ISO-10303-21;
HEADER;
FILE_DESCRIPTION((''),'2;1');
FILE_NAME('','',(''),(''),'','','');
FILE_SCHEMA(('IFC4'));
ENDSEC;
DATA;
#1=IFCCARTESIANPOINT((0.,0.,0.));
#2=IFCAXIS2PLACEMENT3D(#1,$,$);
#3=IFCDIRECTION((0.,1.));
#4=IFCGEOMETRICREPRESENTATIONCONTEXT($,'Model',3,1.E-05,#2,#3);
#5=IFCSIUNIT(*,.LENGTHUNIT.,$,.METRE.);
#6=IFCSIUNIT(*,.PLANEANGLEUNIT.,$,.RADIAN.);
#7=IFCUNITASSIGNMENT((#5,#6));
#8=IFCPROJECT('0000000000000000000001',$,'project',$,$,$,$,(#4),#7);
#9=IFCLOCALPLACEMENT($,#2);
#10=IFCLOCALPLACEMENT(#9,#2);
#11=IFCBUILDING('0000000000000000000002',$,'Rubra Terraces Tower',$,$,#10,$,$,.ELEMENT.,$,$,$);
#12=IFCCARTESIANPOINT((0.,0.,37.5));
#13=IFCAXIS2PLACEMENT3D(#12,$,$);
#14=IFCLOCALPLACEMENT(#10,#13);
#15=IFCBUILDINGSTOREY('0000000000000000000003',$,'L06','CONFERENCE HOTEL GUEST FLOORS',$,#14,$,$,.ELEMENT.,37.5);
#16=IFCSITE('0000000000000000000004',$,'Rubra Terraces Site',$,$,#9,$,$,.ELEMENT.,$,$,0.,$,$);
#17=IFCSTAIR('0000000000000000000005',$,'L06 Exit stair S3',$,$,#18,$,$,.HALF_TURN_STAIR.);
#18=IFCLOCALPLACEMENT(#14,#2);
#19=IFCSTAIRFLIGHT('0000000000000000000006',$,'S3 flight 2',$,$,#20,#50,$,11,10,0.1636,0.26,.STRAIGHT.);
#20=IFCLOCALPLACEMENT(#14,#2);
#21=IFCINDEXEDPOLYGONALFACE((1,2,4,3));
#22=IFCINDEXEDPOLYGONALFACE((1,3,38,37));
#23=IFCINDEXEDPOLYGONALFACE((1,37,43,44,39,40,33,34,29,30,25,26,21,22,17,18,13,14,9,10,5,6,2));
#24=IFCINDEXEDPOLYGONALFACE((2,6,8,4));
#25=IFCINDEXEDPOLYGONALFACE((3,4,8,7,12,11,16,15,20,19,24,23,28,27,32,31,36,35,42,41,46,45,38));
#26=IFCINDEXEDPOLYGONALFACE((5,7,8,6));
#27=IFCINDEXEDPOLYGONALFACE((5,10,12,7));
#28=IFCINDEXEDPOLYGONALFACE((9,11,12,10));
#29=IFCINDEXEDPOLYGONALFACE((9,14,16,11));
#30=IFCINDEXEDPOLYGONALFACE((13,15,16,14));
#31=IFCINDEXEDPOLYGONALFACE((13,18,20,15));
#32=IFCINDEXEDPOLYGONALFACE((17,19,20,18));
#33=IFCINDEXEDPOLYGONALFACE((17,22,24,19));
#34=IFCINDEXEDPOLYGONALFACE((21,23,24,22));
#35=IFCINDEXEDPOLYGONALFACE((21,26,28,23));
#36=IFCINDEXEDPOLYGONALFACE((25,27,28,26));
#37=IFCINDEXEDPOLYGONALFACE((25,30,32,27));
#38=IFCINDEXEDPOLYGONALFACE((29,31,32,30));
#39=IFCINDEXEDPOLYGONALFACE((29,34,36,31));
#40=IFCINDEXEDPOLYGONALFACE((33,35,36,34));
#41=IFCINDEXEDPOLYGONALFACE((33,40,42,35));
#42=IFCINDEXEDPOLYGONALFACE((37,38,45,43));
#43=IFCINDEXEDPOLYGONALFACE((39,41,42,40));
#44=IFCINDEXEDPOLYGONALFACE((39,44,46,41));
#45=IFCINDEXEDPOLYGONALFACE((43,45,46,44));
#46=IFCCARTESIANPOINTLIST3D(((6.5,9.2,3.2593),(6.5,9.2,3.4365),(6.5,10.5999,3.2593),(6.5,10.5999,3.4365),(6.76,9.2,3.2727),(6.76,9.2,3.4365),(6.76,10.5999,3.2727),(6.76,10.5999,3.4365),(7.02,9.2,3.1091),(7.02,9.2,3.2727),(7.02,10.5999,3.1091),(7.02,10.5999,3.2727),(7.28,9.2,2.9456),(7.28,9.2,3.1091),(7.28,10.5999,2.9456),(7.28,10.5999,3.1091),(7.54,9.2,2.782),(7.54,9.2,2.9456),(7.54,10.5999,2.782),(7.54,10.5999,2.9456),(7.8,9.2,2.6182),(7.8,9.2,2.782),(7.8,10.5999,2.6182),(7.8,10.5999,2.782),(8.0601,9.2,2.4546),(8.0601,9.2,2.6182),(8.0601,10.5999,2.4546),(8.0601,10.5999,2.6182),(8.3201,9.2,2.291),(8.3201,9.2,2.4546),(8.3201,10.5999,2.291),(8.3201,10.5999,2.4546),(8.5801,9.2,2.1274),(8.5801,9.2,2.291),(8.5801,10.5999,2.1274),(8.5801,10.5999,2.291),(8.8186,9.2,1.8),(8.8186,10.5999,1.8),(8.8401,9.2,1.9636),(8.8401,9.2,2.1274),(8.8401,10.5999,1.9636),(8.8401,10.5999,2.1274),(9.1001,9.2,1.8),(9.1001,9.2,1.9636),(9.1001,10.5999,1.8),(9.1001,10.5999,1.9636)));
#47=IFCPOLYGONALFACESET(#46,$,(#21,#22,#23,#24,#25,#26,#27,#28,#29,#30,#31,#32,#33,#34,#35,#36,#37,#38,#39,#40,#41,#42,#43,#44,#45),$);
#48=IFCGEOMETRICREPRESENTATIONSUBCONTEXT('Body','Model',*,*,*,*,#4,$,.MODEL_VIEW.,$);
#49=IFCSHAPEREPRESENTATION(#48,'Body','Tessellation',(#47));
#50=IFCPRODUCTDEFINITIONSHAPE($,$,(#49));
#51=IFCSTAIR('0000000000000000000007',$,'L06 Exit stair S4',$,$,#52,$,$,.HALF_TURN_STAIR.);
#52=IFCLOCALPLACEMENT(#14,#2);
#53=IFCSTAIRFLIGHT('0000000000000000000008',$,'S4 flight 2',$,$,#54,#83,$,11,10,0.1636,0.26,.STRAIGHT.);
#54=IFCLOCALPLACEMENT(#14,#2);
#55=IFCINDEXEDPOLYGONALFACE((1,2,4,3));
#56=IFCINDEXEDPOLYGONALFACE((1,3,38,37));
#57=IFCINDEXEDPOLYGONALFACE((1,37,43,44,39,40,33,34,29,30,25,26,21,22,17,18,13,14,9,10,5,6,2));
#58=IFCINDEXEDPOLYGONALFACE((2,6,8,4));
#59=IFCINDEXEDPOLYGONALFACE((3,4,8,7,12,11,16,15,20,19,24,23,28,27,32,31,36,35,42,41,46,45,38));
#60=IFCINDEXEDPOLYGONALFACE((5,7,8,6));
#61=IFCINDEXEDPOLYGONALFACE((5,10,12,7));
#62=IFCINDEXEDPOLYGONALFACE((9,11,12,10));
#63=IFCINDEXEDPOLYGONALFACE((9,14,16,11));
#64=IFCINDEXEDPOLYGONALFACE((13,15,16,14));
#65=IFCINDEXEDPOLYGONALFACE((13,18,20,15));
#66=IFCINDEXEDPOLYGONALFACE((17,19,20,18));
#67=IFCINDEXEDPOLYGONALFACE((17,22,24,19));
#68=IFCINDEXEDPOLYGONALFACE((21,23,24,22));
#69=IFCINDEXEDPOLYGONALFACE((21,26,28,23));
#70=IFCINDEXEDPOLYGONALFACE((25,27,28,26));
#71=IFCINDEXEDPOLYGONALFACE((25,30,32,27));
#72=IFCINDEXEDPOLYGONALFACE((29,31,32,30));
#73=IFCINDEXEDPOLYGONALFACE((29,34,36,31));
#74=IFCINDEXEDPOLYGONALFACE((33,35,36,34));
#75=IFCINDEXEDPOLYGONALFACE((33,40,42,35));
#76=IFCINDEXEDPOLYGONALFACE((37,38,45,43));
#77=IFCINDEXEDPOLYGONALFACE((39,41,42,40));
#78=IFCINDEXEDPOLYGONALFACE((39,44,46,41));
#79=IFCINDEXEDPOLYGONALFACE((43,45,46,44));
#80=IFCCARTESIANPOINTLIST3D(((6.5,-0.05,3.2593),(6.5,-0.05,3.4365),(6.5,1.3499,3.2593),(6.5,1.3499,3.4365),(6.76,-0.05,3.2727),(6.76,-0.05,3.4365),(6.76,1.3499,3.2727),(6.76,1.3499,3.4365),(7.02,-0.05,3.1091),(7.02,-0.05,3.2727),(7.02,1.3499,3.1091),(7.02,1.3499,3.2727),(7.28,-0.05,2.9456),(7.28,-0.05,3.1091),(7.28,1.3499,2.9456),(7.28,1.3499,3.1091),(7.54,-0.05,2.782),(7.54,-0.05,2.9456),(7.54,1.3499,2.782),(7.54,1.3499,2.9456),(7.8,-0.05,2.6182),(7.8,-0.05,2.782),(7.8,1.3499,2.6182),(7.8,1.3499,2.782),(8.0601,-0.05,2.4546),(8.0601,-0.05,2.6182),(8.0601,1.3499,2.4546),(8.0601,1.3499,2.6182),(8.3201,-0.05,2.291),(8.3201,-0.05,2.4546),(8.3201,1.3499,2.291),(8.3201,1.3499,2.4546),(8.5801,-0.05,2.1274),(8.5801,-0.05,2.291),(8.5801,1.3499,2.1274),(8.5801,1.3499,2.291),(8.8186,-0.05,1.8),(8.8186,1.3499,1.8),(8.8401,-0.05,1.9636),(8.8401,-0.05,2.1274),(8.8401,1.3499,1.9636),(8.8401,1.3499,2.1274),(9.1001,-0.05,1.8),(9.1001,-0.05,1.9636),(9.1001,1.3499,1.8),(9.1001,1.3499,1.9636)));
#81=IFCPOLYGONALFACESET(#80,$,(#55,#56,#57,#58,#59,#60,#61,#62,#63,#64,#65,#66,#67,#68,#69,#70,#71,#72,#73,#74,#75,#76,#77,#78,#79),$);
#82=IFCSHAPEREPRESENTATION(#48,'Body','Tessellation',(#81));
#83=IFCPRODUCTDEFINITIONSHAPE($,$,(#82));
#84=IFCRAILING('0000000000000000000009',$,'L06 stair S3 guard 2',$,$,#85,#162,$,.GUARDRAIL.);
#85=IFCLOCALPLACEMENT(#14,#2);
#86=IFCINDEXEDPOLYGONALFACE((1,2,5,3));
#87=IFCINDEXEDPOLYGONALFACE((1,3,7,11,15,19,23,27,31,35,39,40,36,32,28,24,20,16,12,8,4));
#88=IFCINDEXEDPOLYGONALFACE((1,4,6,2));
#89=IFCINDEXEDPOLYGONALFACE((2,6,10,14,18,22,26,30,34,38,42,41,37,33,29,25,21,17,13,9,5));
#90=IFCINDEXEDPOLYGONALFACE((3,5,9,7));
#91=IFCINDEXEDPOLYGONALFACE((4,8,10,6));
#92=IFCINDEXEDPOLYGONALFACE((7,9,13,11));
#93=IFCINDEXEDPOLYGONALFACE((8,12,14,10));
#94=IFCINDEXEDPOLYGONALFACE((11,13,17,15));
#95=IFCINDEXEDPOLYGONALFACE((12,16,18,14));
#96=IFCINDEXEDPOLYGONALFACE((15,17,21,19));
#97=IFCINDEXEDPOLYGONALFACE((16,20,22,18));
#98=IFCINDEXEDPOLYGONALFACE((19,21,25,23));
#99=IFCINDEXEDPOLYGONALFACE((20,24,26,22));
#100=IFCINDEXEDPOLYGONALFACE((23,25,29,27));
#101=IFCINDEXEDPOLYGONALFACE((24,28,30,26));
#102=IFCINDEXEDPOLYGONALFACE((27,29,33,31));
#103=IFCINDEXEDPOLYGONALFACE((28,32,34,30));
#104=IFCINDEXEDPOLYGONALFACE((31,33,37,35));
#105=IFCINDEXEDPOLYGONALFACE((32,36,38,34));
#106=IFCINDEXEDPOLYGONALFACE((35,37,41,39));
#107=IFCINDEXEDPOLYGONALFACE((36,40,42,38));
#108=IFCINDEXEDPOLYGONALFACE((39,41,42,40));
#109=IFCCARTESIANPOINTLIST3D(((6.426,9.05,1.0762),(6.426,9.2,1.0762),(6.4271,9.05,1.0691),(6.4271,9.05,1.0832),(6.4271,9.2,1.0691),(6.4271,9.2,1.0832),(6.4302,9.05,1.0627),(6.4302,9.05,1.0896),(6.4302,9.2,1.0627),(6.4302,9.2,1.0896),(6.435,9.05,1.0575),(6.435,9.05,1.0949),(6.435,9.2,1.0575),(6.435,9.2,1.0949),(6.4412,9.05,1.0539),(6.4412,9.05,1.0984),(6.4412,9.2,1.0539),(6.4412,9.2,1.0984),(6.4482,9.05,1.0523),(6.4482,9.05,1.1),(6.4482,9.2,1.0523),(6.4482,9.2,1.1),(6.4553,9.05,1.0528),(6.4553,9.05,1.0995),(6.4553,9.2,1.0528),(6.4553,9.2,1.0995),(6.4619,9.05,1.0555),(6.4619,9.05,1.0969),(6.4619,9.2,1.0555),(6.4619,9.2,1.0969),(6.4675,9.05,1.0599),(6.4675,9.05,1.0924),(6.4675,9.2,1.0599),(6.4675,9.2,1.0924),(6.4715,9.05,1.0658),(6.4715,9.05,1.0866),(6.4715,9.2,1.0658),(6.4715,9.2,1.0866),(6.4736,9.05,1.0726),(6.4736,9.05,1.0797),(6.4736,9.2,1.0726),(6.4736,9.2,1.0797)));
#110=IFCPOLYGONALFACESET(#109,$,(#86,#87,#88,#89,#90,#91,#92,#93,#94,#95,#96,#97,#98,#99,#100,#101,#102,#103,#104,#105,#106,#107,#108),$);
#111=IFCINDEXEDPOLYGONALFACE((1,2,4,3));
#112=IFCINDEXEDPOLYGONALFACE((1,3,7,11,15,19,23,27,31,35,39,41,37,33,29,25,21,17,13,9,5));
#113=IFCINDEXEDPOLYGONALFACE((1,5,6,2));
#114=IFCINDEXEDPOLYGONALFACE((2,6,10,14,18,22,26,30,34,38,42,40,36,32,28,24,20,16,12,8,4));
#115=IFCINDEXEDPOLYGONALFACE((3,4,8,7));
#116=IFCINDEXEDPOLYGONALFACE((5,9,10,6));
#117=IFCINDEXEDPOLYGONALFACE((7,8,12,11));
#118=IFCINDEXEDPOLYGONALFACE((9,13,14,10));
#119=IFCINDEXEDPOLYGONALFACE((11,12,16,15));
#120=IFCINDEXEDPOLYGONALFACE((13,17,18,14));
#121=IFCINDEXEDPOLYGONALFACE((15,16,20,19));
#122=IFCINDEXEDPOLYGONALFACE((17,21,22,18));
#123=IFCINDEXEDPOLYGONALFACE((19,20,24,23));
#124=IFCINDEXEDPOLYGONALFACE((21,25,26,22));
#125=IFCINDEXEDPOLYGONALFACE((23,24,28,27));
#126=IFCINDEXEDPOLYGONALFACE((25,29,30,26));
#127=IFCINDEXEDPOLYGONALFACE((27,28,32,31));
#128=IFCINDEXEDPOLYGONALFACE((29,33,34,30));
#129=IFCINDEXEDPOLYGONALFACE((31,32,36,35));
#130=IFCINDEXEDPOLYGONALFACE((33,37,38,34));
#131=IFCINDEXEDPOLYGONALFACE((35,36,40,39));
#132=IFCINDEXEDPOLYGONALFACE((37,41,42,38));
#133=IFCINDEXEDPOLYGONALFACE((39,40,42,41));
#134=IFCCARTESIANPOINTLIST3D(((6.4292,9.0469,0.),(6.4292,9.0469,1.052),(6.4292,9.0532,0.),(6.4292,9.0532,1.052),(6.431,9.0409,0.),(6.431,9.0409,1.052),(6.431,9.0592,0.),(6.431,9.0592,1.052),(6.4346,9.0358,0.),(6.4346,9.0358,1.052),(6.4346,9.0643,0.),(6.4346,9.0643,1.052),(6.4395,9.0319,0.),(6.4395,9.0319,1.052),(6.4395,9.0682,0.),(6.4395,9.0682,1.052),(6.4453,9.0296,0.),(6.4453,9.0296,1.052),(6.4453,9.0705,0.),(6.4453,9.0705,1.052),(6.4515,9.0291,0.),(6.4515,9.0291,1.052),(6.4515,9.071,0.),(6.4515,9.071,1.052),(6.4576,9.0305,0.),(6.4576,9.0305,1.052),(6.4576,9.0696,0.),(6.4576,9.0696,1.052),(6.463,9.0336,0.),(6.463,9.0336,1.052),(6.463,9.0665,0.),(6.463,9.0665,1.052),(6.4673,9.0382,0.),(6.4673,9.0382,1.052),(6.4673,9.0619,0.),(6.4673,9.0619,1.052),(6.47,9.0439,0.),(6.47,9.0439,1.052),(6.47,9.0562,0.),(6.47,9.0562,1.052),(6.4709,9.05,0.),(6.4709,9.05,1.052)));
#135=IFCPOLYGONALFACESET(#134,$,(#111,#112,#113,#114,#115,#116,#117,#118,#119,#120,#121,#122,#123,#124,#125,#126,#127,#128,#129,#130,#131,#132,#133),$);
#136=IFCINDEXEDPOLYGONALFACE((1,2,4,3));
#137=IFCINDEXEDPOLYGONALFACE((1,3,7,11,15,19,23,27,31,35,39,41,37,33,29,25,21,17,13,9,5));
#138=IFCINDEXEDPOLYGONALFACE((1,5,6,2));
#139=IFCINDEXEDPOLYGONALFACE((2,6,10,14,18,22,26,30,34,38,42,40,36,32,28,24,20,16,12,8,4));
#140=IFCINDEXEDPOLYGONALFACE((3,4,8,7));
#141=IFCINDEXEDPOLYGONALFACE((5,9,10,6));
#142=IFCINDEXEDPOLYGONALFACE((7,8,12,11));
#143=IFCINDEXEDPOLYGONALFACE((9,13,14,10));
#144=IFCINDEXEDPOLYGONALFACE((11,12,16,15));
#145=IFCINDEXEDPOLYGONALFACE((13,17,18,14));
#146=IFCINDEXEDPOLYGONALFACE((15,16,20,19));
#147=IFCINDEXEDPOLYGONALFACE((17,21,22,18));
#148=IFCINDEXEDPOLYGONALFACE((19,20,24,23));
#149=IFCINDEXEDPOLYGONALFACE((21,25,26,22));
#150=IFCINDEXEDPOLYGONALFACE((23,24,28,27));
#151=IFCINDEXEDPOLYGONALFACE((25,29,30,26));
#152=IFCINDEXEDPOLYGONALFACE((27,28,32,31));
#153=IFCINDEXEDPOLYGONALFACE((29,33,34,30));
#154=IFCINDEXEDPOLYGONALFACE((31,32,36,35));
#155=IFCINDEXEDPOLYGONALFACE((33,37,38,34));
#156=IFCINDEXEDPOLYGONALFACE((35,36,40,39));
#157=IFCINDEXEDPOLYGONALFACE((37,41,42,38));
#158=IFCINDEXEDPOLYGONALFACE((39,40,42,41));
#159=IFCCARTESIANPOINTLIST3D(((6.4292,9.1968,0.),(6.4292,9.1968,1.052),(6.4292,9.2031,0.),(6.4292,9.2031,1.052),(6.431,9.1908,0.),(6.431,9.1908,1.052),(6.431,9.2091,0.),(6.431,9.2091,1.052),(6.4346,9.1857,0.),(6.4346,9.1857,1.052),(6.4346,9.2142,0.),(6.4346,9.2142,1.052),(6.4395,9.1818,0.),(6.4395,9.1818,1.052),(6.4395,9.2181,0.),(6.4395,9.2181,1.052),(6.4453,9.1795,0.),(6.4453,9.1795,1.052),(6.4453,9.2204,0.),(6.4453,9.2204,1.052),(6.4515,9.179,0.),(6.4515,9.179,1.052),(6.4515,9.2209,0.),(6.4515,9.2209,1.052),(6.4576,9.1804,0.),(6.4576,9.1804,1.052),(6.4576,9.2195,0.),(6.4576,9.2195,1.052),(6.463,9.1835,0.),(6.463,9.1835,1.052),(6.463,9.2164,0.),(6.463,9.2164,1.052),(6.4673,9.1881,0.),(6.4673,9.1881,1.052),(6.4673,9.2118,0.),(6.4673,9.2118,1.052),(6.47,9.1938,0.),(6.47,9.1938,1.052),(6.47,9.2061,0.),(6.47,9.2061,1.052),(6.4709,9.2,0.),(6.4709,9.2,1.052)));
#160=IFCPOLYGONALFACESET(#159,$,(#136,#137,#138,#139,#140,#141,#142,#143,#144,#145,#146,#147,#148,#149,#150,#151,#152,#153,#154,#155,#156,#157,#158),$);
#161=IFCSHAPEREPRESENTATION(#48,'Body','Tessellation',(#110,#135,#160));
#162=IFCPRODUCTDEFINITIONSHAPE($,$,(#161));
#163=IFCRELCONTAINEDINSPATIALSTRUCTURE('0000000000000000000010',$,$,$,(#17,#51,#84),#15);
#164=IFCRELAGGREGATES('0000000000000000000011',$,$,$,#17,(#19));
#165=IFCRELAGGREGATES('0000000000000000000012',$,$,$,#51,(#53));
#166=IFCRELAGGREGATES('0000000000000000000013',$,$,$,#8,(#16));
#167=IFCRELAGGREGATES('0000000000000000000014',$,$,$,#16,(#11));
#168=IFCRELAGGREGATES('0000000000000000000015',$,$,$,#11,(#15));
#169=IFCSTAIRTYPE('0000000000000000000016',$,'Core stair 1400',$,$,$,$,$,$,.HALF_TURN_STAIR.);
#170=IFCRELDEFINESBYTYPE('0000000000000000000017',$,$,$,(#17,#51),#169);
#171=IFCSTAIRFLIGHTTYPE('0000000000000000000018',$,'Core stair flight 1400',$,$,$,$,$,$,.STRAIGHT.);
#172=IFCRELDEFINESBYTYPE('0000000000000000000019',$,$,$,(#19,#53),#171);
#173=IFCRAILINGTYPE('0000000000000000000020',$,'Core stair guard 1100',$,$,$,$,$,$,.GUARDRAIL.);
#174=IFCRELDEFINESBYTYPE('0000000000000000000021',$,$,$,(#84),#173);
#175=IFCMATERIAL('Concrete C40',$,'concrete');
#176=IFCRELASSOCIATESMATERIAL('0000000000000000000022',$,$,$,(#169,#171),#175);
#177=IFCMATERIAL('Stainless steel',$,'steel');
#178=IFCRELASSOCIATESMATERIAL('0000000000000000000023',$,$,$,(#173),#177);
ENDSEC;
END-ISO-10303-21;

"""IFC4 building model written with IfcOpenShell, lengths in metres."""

from ifc_helpers import new_model, si_unit, direction, frame, origin, origin_2d, place, context, subcontext, project, spatial, polyline, circle, outline, extrude, material, type_object, element, aggregate, save


model = new_model("IFC4")

# Units and contexts
model_context = context("Model", 3, precision=1e-05, world=origin(), true_north=direction((0.0, 1.0)))
body_context = subcontext(model_context, "Body", "Model", "MODEL_VIEW")
ifc_project = project(units=[si_unit("LENGTHUNIT", "METRE"), si_unit("PLANEANGLEUNIT", "RADIAN")], contexts=[model_context])

# Site, building, storey
site_placement = place(None, origin())
site = spatial("IfcSite", under=ifc_project, at=site_placement, Name="Rubra Terraces Site", CompositionType="ELEMENT", RefElevation=0.0)
building_placement = place(site_placement, origin())
building = spatial("IfcBuilding", under=site, at=building_placement, Name="Rubra Terraces Tower", CompositionType="ELEMENT")
storey_placement = place(building_placement, frame((0.0, 0.0, 37.5)))
storey = spatial("IfcBuildingStorey", under=building, at=storey_placement, Name="L06", Description="CONFERENCE HOTEL GUEST FLOORS", CompositionType="ELEMENT", Elevation=37.5)

# Shared definitions
ifc_material_1 = material(Name="Stainless steel", Category="steel")

# Shared definitions
ifc_material_2 = material(Name="Concrete C40", Category="concrete")

# Stair, stair flight
stair_type = type_object("IfcStairType", Name="Core stair 1400", PredefinedType="HALF_TURN_STAIR", material=ifc_material_2)
stair_1_placement = place(storey_placement, origin())
stair_1 = element("IfcStair", 1, at=stair_1_placement, inside=storey, type_object=stair_type, Name="L06 Exit stair S3", PredefinedType="HALF_TURN_STAIR")
stair_flight_type = type_object("IfcStairFlightType", Name="Core stair flight 1400", PredefinedType="STRAIGHT", material=ifc_material_2)
stair_flight_1_placement = place(storey_placement, frame((9.1001, 9.8999, 1.8), z_axis=(0.0, 0.0, 1.0), x_axis=(-1.0, 0.0, 0.0)))
stair_flight_1 = element("IfcStairFlight", 2, at=stair_flight_1_placement, type_object=stair_flight_type, Name="S3 flight 2", NumberOfRisers=11, NumberOfTreads=10, PredefinedType="STRAIGHT", RiserHeight=0.1636, TreadLength=0.26, context=body_context, shape_type="SweptSolid", body=[
    extrude(outline(polyline([(0.0, 0.0), (0.0, 0.1636), (0.26, 0.1636), (0.26, 0.3274), (0.52, 0.3274), (0.52, 0.491), (0.78, 0.491), (0.78, 0.6545), (1.04, 0.6545), (1.04, 0.8181), (1.3, 0.8181), (1.3, 0.9819), (1.5601, 0.9819), (1.5601, 1.1455), (1.8201, 1.1455), (1.8201, 1.3091), (2.0801, 1.3091), (2.0801, 1.4727), (2.3401, 1.4727), (2.3401, 1.6365), (2.6001, 1.6365), (2.6001, 1.8), (2.6001, 1.4592), (0.2815, 0.0), (0.0, 0.0)])), frame((0.0, 0.7, 0.0), z_axis=(0.0, -1.0, 0.0), x_axis=(1.0, 0.0, 0.0)), (0.0, 0.0, 1.0), 1.3999),
])
aggregate(stair_1, [stair_flight_1])

# Stair, stair flight
stair_2_placement = place(storey_placement, origin())
stair_2 = element("IfcStair", 3, at=stair_2_placement, inside=storey, type_object=stair_type, Name="L06 Exit stair S4", PredefinedType="HALF_TURN_STAIR")
stair_flight_2_placement = place(storey_placement, frame((9.1001, 0.6499, 1.8), z_axis=(0.0, 0.0, 1.0), x_axis=(-1.0, 0.0, 0.0)))
stair_flight_2 = element("IfcStairFlight", 4, at=stair_flight_2_placement, type_object=stair_flight_type, Name="S4 flight 2", NumberOfRisers=11, NumberOfTreads=10, PredefinedType="STRAIGHT", RiserHeight=0.1636, TreadLength=0.26, context=body_context, shape_type="SweptSolid", body=[
    extrude(outline(polyline([(0.0, 0.0), (0.0, 0.1636), (0.26, 0.1636), (0.26, 0.3274), (0.52, 0.3274), (0.52, 0.491), (0.78, 0.491), (0.78, 0.6545), (1.04, 0.6545), (1.04, 0.8181), (1.3, 0.8181), (1.3, 0.9819), (1.5601, 0.9819), (1.5601, 1.1455), (1.8201, 1.1455), (1.8201, 1.3091), (2.0801, 1.3091), (2.0801, 1.4727), (2.3401, 1.4727), (2.3401, 1.6365), (2.6001, 1.6365), (2.6001, 1.8), (2.6001, 1.4592), (0.2815, 0.0), (0.0, 0.0)])), frame((0.0, 0.7, 0.0), z_axis=(0.0, -1.0, 0.0), x_axis=(1.0, 0.0, 0.0)), (0.0, 0.0, 1.0), 1.3999),
])
aggregate(stair_2, [stair_flight_2])

# Railing
railing_type_1 = type_object("IfcRailingType", Name="Core stair guard 1100", PredefinedType="GUARDRAIL", material=ifc_material_1)
railing_1_placement = place(storey_placement, frame((6.45, 9.05, 0.0)))
element("IfcRailing", 5, at=railing_1_placement, inside=storey, type_object=railing_type_1, Name="L06 stair S3 guard 2", PredefinedType="GUARDRAIL", context=body_context, shape_type="SweptSolid", body=[
    extrude(circle(Radius=0.0239, at=origin_2d()), frame((0.0, 0.0, 1.0762), z_axis=(0.0, 1.0, 0.0), x_axis=(-1.0, 0.0, 0.0)), (0.0, 0.0, 1.0), 0.1499),
    extrude(circle(Radius=0.021, at=origin_2d()), origin(), (0.0, 0.0, 1.0), 1.052),
    extrude(circle(Radius=0.021, at=origin_2d()), frame((0.0, 0.1499, 0.0)), (0.0, 0.0, 1.0), 1.052),
])

save(model, "model.ifc")
